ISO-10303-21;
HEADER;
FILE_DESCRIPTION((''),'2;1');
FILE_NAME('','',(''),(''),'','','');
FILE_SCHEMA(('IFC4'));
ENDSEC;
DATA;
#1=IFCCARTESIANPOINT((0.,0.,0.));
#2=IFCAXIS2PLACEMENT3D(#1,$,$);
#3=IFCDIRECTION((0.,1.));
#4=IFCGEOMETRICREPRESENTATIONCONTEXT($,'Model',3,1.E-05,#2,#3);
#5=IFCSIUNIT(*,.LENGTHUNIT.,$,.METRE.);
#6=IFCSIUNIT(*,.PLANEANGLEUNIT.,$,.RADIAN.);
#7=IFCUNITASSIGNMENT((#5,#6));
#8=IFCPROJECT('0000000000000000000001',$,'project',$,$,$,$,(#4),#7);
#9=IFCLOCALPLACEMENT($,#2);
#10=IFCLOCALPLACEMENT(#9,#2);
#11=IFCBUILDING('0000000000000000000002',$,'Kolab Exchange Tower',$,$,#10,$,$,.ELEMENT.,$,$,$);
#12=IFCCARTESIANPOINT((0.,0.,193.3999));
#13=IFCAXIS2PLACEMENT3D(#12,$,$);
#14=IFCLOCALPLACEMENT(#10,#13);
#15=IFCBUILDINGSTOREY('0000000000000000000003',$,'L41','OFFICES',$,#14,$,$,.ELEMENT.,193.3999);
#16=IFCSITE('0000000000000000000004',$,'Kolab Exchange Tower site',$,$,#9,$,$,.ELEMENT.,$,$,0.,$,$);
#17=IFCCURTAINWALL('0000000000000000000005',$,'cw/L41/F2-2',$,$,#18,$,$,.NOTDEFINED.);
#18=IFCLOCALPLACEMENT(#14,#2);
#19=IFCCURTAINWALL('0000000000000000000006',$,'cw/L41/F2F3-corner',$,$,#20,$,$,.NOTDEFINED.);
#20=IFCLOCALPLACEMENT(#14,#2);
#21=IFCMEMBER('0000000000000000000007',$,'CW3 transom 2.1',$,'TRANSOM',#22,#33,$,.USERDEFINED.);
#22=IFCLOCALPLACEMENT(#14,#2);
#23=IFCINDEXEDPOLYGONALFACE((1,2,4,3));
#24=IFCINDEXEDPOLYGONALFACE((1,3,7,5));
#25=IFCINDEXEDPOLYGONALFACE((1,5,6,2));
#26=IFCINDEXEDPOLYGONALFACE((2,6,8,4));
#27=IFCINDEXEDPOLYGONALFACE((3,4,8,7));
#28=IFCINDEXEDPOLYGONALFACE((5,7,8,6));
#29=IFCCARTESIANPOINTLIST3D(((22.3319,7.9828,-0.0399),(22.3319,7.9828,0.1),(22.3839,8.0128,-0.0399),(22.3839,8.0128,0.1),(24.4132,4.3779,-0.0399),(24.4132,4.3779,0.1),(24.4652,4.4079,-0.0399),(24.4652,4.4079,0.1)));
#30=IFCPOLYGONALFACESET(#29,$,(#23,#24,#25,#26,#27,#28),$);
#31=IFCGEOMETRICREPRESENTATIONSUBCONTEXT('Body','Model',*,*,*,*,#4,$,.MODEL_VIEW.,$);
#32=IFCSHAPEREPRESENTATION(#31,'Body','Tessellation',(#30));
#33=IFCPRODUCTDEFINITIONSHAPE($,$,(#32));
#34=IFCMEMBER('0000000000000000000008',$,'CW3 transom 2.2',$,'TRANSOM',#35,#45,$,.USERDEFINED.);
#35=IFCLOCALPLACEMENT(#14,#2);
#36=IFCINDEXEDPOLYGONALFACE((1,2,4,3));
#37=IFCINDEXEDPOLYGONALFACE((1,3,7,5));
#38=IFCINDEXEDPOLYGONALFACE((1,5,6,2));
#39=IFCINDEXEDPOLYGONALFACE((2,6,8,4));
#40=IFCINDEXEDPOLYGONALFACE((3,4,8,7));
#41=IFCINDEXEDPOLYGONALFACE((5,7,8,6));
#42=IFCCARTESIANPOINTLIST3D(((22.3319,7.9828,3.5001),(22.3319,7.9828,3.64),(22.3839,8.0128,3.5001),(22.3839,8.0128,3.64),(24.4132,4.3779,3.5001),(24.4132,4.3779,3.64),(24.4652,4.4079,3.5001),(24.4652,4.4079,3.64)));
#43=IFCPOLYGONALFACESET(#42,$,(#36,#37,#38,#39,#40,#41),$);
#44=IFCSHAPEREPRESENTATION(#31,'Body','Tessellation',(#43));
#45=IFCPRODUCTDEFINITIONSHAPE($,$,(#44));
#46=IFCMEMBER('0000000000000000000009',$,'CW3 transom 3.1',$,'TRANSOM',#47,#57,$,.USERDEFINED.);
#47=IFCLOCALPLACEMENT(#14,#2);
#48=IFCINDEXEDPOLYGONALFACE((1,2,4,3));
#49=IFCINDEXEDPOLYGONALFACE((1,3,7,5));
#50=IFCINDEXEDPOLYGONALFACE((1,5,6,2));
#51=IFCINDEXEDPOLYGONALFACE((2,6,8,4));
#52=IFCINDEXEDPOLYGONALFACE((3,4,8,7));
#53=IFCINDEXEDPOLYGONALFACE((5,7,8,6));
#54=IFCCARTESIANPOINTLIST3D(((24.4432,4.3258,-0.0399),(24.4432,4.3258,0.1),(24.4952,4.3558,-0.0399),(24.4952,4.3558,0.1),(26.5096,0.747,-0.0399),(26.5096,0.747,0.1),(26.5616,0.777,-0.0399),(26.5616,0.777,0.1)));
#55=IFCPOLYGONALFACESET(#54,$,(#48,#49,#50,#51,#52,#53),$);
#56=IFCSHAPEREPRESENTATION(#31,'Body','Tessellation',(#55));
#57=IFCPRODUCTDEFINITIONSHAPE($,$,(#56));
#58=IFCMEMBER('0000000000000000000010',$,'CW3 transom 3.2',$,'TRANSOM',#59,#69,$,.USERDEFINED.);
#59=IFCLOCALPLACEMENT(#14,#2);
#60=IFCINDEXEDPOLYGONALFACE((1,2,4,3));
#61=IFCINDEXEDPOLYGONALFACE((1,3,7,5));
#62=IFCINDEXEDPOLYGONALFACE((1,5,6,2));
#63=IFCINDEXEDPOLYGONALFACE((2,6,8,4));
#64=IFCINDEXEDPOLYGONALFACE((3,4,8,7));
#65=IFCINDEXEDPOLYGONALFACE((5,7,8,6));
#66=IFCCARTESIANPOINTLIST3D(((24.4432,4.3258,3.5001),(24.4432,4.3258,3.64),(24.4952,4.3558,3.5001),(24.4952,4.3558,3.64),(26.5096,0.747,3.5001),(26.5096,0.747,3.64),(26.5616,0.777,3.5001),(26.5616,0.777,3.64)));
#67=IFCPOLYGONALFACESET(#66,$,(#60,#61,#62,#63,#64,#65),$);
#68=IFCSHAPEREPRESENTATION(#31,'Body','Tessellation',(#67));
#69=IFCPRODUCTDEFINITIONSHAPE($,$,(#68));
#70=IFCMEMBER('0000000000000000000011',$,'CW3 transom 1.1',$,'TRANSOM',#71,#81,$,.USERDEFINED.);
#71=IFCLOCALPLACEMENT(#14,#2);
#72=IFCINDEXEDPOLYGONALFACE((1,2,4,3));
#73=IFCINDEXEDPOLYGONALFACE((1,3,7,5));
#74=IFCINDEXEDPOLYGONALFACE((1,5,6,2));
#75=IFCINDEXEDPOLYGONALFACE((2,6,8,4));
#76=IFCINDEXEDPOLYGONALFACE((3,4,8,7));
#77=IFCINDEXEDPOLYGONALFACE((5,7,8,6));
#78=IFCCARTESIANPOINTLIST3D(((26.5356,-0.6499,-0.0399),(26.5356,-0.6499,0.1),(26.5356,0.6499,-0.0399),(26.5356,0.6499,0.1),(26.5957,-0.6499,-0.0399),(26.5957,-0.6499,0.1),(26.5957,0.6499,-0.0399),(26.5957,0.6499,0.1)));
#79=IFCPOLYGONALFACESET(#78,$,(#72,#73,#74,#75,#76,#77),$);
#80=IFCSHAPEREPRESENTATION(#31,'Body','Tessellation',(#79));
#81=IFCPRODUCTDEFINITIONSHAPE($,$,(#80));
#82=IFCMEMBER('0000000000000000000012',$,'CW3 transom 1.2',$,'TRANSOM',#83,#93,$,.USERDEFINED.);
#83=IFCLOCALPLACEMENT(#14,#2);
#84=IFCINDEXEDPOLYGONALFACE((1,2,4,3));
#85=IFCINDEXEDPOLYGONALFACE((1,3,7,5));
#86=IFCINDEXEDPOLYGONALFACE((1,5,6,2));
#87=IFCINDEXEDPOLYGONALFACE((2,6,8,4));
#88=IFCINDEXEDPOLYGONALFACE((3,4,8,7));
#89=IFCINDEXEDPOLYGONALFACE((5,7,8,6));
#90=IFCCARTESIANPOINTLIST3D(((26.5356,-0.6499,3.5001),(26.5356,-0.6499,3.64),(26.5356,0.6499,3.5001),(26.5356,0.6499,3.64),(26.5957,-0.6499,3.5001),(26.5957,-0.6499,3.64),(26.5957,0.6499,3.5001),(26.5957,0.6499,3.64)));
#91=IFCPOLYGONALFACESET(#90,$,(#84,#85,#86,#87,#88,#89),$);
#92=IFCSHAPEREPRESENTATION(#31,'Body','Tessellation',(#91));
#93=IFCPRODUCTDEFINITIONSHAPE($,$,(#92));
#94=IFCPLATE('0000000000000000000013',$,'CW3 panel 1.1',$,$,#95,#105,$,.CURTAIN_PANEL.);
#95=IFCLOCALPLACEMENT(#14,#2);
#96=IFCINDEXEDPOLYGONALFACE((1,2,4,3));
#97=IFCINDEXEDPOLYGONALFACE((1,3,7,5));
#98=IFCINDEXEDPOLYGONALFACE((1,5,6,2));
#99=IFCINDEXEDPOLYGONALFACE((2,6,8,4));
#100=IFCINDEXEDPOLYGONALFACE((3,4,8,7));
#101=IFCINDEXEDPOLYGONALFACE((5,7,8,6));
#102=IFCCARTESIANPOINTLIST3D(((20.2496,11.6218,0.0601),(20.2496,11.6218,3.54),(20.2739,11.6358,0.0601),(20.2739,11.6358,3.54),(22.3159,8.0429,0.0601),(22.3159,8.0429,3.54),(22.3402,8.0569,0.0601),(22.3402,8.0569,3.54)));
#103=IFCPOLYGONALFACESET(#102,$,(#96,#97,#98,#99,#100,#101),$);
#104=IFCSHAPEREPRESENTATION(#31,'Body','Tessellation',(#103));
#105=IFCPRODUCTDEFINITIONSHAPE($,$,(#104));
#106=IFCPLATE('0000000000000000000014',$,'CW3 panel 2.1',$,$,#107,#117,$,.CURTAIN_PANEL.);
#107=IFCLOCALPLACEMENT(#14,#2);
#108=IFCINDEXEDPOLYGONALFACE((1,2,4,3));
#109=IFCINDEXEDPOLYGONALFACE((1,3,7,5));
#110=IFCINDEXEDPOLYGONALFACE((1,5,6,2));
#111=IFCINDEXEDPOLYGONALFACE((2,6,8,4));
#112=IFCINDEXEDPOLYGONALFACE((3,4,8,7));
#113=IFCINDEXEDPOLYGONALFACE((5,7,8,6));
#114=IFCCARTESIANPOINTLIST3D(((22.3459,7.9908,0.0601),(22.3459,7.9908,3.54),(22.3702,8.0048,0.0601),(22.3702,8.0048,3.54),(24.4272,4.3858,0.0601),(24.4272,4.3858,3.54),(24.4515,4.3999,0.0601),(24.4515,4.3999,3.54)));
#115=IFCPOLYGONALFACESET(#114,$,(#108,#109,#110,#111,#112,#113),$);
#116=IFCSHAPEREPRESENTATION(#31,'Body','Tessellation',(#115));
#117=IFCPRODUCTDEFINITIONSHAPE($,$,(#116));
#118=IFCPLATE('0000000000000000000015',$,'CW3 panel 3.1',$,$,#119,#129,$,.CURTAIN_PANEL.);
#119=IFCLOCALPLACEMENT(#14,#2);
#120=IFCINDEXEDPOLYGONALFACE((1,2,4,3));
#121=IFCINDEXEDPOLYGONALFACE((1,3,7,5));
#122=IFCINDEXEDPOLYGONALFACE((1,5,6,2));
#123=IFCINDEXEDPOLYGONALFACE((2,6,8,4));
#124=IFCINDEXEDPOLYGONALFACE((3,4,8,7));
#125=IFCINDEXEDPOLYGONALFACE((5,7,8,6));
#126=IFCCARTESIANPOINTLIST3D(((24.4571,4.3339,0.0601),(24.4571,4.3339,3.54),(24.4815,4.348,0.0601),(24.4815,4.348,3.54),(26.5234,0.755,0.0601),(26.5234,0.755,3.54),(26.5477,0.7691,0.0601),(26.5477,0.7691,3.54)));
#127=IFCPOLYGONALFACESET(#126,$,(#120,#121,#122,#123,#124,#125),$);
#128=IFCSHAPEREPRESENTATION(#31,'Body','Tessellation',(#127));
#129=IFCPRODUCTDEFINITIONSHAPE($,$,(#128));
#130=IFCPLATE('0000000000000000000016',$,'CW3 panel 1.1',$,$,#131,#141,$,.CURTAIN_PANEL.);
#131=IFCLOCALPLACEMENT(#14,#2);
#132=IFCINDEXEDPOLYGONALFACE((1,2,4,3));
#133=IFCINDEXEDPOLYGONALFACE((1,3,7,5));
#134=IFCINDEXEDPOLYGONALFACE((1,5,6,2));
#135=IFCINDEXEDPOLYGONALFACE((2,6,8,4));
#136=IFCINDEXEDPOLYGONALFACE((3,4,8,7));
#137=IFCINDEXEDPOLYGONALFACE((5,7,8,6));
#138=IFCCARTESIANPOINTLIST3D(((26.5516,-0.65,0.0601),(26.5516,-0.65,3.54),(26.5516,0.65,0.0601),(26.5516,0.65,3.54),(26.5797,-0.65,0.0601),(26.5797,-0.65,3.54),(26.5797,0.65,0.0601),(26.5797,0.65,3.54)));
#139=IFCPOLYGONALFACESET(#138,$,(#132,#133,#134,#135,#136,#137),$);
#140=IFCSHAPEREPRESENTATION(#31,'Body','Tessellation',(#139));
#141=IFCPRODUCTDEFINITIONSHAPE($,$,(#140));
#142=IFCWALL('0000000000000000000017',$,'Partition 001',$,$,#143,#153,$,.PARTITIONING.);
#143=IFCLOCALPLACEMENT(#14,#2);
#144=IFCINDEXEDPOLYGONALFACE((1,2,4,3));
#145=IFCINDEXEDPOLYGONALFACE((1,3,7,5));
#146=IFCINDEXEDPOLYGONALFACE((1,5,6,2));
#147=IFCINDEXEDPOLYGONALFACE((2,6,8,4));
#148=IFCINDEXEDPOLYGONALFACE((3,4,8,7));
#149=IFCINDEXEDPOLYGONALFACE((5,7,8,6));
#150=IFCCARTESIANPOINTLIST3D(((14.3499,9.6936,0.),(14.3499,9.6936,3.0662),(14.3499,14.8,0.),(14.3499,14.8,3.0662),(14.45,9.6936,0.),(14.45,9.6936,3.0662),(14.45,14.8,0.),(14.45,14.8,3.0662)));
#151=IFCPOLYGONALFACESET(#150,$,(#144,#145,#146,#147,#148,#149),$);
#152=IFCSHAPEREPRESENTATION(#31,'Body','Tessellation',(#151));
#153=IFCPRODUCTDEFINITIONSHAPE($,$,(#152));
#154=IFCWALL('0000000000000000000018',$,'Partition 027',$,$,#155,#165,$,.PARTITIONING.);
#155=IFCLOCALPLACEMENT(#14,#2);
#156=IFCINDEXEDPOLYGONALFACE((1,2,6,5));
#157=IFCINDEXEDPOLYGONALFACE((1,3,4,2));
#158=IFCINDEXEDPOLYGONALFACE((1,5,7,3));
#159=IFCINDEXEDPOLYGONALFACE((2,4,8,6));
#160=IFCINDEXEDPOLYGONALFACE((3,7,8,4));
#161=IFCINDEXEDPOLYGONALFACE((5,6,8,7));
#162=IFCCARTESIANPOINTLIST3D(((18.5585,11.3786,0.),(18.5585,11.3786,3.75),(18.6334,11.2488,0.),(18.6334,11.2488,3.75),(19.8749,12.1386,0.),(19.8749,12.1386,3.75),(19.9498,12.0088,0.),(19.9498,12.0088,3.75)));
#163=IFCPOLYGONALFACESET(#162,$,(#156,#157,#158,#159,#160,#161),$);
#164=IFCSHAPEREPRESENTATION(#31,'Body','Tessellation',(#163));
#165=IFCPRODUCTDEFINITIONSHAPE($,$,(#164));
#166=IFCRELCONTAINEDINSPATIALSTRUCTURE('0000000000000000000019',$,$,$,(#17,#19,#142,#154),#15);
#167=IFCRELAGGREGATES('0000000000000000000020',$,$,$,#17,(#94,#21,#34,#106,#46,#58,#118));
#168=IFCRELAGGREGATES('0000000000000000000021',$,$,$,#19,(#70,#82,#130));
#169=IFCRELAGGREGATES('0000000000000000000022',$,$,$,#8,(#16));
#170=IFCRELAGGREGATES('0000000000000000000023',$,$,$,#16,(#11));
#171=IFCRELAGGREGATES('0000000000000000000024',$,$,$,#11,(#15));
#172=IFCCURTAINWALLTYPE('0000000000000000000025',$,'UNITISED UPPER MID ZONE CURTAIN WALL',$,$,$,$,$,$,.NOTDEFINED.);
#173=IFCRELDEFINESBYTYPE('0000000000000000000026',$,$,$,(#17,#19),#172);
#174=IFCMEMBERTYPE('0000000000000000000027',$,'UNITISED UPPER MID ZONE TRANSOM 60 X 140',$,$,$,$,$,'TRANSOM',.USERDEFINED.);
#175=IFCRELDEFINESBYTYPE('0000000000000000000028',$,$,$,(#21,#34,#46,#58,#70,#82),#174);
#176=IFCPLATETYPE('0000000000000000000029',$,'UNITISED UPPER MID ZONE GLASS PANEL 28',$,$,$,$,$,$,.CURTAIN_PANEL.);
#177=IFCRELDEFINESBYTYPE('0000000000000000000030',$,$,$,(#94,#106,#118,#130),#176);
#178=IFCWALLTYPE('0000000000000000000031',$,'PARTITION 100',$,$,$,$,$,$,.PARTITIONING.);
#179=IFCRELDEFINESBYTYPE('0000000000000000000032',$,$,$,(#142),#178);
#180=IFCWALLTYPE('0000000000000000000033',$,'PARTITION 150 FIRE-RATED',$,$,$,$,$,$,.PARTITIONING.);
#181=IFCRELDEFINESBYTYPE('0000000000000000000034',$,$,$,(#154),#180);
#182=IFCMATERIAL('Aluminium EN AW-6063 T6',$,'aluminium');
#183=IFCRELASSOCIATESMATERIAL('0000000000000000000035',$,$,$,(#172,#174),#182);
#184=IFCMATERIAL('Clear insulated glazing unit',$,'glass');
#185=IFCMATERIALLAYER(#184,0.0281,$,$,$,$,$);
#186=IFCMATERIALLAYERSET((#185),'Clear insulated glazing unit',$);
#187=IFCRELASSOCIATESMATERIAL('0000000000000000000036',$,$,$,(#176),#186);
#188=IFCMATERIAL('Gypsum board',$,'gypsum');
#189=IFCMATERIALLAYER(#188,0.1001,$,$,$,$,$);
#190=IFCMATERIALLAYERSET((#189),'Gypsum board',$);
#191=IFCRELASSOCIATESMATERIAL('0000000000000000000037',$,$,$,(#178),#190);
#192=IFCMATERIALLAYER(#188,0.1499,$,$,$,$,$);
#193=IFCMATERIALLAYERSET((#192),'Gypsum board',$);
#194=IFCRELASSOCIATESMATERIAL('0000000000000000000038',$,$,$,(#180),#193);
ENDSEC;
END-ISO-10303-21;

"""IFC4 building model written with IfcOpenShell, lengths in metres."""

from ifc_helpers import new_model, si_unit, direction, frame, frame_2d, origin, origin_2d, place, context, subcontext, project, spatial, rectangle, extrude, material, layer, layer_set, material_profile, profile_set, type_object, element, aggregate, save


model = new_model("IFC4")

# Units and contexts
model_context = context("Model", 3, precision=1e-05, world=origin(), true_north=direction((0.0, 1.0)))
body_context = subcontext(model_context, "Body", "Model", "MODEL_VIEW")
ifc_project = project(units=[si_unit("LENGTHUNIT", "METRE"), si_unit("PLANEANGLEUNIT", "RADIAN")], contexts=[model_context])

# Site, building, storey
site_placement = place(None, origin())
site = spatial("IfcSite", under=ifc_project, at=site_placement, Name="Kolab Exchange Tower site", CompositionType="ELEMENT", RefElevation=0.0)
building_placement = place(site_placement, origin())
building = spatial("IfcBuilding", under=site, at=building_placement, Name="Kolab Exchange Tower", CompositionType="ELEMENT")
storey_placement = place(building_placement, frame((0.0, 0.0, 193.3999)))
storey = spatial("IfcBuildingStorey", under=building, at=storey_placement, Name="L41", Description="OFFICES", CompositionType="ELEMENT", Elevation=193.3999)

# Curtain wall
ifc_material_1 = material(Name="Aluminium EN AW-6063 T6", Category="aluminium")
curtain_wall_type = type_object("IfcCurtainWallType", Name="UNITISED UPPER MID ZONE CURTAIN WALL", PredefinedType="NOTDEFINED", material=ifc_material_1)
curtain_wall_1_placement = place(storey_placement, origin())
curtain_wall_1 = element("IfcCurtainWall", 1, at=curtain_wall_1_placement, inside=storey, type_object=curtain_wall_type, Name="cw/L41/F2-2", PredefinedType="NOTDEFINED")

# Curtain wall
curtain_wall_2_placement = place(storey_placement, origin())
curtain_wall_2 = element("IfcCurtainWall", 2, at=curtain_wall_2_placement, inside=storey, type_object=curtain_wall_type, Name="cw/L41/F2F3-corner", PredefinedType="NOTDEFINED")

# Members
ifc_material_profile_1 = material_profile(ifc_material_1, rectangle(XDim=0.0601, YDim=0.1399, at=origin_2d()), Name="RECT 60X140")
ifc_profile_set_1 = profile_set([ifc_material_profile_1], Name="Aluminium EN AW-6063 T6")
member_type_1 = type_object("IfcMemberType", Name="UNITISED UPPER MID ZONE TRANSOM 60 X 140", ElementType="TRANSOM", PredefinedType="USERDEFINED", material=ifc_profile_set_1)
member_1_placement = place(storey_placement, frame((22.3579, 7.9978, 0.03), z_axis=(0.499993, -0.866029, 0.0), x_axis=(0.866029, 0.499993, 0.0)))
member_1 = element("IfcMember", 3, at=member_1_placement, type_object=member_type_1, Name="CW3 transom 2.1", ObjectType="TRANSOM", PredefinedType="USERDEFINED", context=body_context, shape_type="SweptSolid", body=[
    extrude(rectangle(XDim=0.0601, YDim=0.1399, at=origin_2d()), origin(), (0.0, 0.0, 1.0), 4.1626),
])
member_2_placement = place(storey_placement, frame((22.3579, 7.9978, 3.5701), z_axis=(0.499993, -0.866029, 0.0), x_axis=(0.866029, 0.499993, 0.0)))
member_2 = element("IfcMember", 4, at=member_2_placement, type_object=member_type_1, Name="CW3 transom 2.2", ObjectType="TRANSOM", PredefinedType="USERDEFINED", context=body_context, shape_type="SweptSolid", body=[
    extrude(rectangle(XDim=0.0601, YDim=0.1399, at=origin_2d()), origin(), (0.0, 0.0, 1.0), 4.1626),
])
member_3_placement = place(storey_placement, frame((24.4692, 4.3408, 0.03), z_axis=(0.500028, -0.866009, 0.0), x_axis=(0.866009, 0.500028, 0.0)))
member_3 = element("IfcMember", 5, at=member_3_placement, type_object=member_type_1, Name="CW3 transom 3.1", ObjectType="TRANSOM", PredefinedType="USERDEFINED", context=body_context, shape_type="SweptSolid", body=[
    extrude(rectangle(XDim=0.0601, YDim=0.1399, at=origin_2d()), origin(), (0.0, 0.0, 1.0), 4.1326),
])
member_4_placement = place(storey_placement, frame((24.4692, 4.3408, 3.5701), z_axis=(0.500028, -0.866009, 0.0), x_axis=(0.866009, 0.500028, 0.0)))
member_4 = element("IfcMember", 6, at=member_4_placement, type_object=member_type_1, Name="CW3 transom 3.2", ObjectType="TRANSOM", PredefinedType="USERDEFINED", context=body_context, shape_type="SweptSolid", body=[
    extrude(rectangle(XDim=0.0601, YDim=0.1399, at=origin_2d()), origin(), (0.0, 0.0, 1.0), 4.1326),
])
member_5_placement = place(storey_placement, frame((26.5657, 0.6499, 0.03), z_axis=(0.0, -1.0, 0.0), x_axis=(1.0, 0.0, 0.0)))
member_5 = element("IfcMember", 7, at=member_5_placement, type_object=member_type_1, Name="CW3 transom 1.1", ObjectType="TRANSOM", PredefinedType="USERDEFINED", context=body_context, shape_type="SweptSolid", body=[
    extrude(rectangle(XDim=0.0601, YDim=0.1399, at=origin_2d()), origin(), (0.0, 0.0, 1.0), 1.2998),
])
member_6_placement = place(storey_placement, frame((26.5657, 0.6499, 3.5701), z_axis=(0.0, -1.0, 0.0), x_axis=(1.0, 0.0, 0.0)))
member_6 = element("IfcMember", 8, at=member_6_placement, type_object=member_type_1, Name="CW3 transom 1.2", ObjectType="TRANSOM", PredefinedType="USERDEFINED", context=body_context, shape_type="SweptSolid", body=[
    extrude(rectangle(XDim=0.0601, YDim=0.1399, at=origin_2d()), origin(), (0.0, 0.0, 1.0), 1.2998),
])

# Plates
ifc_material_2 = material(Name="Clear insulated glazing unit", Category="glass")
ifc_layer_1 = layer(ifc_material_2, 0.0281)
ifc_layer_set_1 = layer_set([ifc_layer_1], Name="Clear insulated glazing unit")
plate_type = type_object("IfcPlateType", Name="UNITISED UPPER MID ZONE GLASS PANEL 28", PredefinedType="CURTAIN_PANEL", material=ifc_layer_set_1)
plate_1_placement = place(storey_placement, frame((21.2949, 9.8394, 0.0601), z_axis=(0.0, 0.0, 1.0), x_axis=(0.5, -0.866025, 0.0)))
plate_1 = element("IfcPlate", 9, at=plate_1_placement, type_object=plate_type, Name="CW3 panel 1.1", PredefinedType="CURTAIN_PANEL", context=body_context, shape_type="SweptSolid", body=[
    extrude(rectangle(XDim=4.1326, YDim=0.0281, at=origin_2d()), origin(), (0.0, 0.0, 1.0), 3.48),
])
plate_2_placement = place(storey_placement, frame((23.3987, 6.1953, 0.0601), z_axis=(0.0, 0.0, 1.0), x_axis=(0.5, -0.866025, 0.0)))
plate_2 = element("IfcPlate", 10, at=plate_2_placement, type_object=plate_type, Name="CW3 panel 2.1", PredefinedType="CURTAIN_PANEL", context=body_context, shape_type="SweptSolid", body=[
    extrude(rectangle(XDim=4.1626, YDim=0.0281, at=origin_2d()), origin(), (0.0, 0.0, 1.0), 3.48),
])
plate_3_placement = place(storey_placement, frame((25.5024, 2.5515, 0.0601), z_axis=(0.0, 0.0, 1.0), x_axis=(0.5, -0.866025, 0.0)))
plate_3 = element("IfcPlate", 11, at=plate_3_placement, type_object=plate_type, Name="CW3 panel 3.1", PredefinedType="CURTAIN_PANEL", context=body_context, shape_type="SweptSolid", body=[
    extrude(rectangle(XDim=4.1326, YDim=0.0281, at=origin_2d()), origin(), (0.0, 0.0, 1.0), 3.48),
])
aggregate(curtain_wall_1, [plate_1, member_1, member_2, plate_2, member_3, member_4, plate_3])
plate_4_placement = place(storey_placement, frame((26.5657, 0.0, 0.0601), z_axis=(0.0, 0.0, 1.0), x_axis=(0.0, -1.0, 0.0)))
plate_4 = element("IfcPlate", 12, at=plate_4_placement, type_object=plate_type, Name="CW3 panel 1.1", PredefinedType="CURTAIN_PANEL", context=body_context, shape_type="SweptSolid", body=[
    extrude(rectangle(XDim=1.3, YDim=0.0281, at=origin_2d()), origin(), (0.0, 0.0, 1.0), 3.48),
])
aggregate(curtain_wall_2, [member_5, member_6, plate_4])

# Walls
ifc_material_3 = material(Name="Gypsum board", Category="gypsum")
ifc_layer_2 = layer(ifc_material_3, 0.1001)
ifc_layer_set_2 = layer_set([ifc_layer_2], Name="Gypsum board")
wall_type_1 = type_object("IfcWallType", Name="PARTITION 100", PredefinedType="PARTITIONING", material=ifc_layer_set_2)
wall_1_placement = place(storey_placement, frame((14.3999, 9.6936, 0.0), z_axis=(0.0, 0.0, 1.0), x_axis=(0.0, 1.0, 0.0)))
element("IfcWall", 13, at=wall_1_placement, inside=storey, type_object=wall_type_1, Name="Partition 001", PredefinedType="PARTITIONING", context=body_context, shape_type="SweptSolid", body=[
    extrude(rectangle(XDim=5.1064, YDim=0.1001, at=frame_2d((2.5532, 0.0))), origin(), (0.0, 0.0, 1.0), 3.0662),
])
ifc_layer_3 = layer(ifc_material_3, 0.1499)
ifc_layer_set_3 = layer_set([ifc_layer_3], Name="Gypsum board")
wall_type_2 = type_object("IfcWallType", Name="PARTITION 150 FIRE-RATED", PredefinedType="PARTITIONING", material=ifc_layer_set_3)
wall_2_placement = place(storey_placement, frame((18.5959, 11.3137, 0.0), z_axis=(0.0, 0.0, 1.0), x_axis=(0.86603, 0.499991, 0.0)))
element("IfcWall", 14, at=wall_2_placement, inside=storey, type_object=wall_type_2, Name="Partition 027", PredefinedType="PARTITIONING", context=body_context, shape_type="SweptSolid", body=[
    extrude(rectangle(XDim=1.52, YDim=0.1499, at=frame_2d((0.76, 0.0))), origin(), (0.0, 0.0, 1.0), 3.75),
])

save(model, "model.ifc")
